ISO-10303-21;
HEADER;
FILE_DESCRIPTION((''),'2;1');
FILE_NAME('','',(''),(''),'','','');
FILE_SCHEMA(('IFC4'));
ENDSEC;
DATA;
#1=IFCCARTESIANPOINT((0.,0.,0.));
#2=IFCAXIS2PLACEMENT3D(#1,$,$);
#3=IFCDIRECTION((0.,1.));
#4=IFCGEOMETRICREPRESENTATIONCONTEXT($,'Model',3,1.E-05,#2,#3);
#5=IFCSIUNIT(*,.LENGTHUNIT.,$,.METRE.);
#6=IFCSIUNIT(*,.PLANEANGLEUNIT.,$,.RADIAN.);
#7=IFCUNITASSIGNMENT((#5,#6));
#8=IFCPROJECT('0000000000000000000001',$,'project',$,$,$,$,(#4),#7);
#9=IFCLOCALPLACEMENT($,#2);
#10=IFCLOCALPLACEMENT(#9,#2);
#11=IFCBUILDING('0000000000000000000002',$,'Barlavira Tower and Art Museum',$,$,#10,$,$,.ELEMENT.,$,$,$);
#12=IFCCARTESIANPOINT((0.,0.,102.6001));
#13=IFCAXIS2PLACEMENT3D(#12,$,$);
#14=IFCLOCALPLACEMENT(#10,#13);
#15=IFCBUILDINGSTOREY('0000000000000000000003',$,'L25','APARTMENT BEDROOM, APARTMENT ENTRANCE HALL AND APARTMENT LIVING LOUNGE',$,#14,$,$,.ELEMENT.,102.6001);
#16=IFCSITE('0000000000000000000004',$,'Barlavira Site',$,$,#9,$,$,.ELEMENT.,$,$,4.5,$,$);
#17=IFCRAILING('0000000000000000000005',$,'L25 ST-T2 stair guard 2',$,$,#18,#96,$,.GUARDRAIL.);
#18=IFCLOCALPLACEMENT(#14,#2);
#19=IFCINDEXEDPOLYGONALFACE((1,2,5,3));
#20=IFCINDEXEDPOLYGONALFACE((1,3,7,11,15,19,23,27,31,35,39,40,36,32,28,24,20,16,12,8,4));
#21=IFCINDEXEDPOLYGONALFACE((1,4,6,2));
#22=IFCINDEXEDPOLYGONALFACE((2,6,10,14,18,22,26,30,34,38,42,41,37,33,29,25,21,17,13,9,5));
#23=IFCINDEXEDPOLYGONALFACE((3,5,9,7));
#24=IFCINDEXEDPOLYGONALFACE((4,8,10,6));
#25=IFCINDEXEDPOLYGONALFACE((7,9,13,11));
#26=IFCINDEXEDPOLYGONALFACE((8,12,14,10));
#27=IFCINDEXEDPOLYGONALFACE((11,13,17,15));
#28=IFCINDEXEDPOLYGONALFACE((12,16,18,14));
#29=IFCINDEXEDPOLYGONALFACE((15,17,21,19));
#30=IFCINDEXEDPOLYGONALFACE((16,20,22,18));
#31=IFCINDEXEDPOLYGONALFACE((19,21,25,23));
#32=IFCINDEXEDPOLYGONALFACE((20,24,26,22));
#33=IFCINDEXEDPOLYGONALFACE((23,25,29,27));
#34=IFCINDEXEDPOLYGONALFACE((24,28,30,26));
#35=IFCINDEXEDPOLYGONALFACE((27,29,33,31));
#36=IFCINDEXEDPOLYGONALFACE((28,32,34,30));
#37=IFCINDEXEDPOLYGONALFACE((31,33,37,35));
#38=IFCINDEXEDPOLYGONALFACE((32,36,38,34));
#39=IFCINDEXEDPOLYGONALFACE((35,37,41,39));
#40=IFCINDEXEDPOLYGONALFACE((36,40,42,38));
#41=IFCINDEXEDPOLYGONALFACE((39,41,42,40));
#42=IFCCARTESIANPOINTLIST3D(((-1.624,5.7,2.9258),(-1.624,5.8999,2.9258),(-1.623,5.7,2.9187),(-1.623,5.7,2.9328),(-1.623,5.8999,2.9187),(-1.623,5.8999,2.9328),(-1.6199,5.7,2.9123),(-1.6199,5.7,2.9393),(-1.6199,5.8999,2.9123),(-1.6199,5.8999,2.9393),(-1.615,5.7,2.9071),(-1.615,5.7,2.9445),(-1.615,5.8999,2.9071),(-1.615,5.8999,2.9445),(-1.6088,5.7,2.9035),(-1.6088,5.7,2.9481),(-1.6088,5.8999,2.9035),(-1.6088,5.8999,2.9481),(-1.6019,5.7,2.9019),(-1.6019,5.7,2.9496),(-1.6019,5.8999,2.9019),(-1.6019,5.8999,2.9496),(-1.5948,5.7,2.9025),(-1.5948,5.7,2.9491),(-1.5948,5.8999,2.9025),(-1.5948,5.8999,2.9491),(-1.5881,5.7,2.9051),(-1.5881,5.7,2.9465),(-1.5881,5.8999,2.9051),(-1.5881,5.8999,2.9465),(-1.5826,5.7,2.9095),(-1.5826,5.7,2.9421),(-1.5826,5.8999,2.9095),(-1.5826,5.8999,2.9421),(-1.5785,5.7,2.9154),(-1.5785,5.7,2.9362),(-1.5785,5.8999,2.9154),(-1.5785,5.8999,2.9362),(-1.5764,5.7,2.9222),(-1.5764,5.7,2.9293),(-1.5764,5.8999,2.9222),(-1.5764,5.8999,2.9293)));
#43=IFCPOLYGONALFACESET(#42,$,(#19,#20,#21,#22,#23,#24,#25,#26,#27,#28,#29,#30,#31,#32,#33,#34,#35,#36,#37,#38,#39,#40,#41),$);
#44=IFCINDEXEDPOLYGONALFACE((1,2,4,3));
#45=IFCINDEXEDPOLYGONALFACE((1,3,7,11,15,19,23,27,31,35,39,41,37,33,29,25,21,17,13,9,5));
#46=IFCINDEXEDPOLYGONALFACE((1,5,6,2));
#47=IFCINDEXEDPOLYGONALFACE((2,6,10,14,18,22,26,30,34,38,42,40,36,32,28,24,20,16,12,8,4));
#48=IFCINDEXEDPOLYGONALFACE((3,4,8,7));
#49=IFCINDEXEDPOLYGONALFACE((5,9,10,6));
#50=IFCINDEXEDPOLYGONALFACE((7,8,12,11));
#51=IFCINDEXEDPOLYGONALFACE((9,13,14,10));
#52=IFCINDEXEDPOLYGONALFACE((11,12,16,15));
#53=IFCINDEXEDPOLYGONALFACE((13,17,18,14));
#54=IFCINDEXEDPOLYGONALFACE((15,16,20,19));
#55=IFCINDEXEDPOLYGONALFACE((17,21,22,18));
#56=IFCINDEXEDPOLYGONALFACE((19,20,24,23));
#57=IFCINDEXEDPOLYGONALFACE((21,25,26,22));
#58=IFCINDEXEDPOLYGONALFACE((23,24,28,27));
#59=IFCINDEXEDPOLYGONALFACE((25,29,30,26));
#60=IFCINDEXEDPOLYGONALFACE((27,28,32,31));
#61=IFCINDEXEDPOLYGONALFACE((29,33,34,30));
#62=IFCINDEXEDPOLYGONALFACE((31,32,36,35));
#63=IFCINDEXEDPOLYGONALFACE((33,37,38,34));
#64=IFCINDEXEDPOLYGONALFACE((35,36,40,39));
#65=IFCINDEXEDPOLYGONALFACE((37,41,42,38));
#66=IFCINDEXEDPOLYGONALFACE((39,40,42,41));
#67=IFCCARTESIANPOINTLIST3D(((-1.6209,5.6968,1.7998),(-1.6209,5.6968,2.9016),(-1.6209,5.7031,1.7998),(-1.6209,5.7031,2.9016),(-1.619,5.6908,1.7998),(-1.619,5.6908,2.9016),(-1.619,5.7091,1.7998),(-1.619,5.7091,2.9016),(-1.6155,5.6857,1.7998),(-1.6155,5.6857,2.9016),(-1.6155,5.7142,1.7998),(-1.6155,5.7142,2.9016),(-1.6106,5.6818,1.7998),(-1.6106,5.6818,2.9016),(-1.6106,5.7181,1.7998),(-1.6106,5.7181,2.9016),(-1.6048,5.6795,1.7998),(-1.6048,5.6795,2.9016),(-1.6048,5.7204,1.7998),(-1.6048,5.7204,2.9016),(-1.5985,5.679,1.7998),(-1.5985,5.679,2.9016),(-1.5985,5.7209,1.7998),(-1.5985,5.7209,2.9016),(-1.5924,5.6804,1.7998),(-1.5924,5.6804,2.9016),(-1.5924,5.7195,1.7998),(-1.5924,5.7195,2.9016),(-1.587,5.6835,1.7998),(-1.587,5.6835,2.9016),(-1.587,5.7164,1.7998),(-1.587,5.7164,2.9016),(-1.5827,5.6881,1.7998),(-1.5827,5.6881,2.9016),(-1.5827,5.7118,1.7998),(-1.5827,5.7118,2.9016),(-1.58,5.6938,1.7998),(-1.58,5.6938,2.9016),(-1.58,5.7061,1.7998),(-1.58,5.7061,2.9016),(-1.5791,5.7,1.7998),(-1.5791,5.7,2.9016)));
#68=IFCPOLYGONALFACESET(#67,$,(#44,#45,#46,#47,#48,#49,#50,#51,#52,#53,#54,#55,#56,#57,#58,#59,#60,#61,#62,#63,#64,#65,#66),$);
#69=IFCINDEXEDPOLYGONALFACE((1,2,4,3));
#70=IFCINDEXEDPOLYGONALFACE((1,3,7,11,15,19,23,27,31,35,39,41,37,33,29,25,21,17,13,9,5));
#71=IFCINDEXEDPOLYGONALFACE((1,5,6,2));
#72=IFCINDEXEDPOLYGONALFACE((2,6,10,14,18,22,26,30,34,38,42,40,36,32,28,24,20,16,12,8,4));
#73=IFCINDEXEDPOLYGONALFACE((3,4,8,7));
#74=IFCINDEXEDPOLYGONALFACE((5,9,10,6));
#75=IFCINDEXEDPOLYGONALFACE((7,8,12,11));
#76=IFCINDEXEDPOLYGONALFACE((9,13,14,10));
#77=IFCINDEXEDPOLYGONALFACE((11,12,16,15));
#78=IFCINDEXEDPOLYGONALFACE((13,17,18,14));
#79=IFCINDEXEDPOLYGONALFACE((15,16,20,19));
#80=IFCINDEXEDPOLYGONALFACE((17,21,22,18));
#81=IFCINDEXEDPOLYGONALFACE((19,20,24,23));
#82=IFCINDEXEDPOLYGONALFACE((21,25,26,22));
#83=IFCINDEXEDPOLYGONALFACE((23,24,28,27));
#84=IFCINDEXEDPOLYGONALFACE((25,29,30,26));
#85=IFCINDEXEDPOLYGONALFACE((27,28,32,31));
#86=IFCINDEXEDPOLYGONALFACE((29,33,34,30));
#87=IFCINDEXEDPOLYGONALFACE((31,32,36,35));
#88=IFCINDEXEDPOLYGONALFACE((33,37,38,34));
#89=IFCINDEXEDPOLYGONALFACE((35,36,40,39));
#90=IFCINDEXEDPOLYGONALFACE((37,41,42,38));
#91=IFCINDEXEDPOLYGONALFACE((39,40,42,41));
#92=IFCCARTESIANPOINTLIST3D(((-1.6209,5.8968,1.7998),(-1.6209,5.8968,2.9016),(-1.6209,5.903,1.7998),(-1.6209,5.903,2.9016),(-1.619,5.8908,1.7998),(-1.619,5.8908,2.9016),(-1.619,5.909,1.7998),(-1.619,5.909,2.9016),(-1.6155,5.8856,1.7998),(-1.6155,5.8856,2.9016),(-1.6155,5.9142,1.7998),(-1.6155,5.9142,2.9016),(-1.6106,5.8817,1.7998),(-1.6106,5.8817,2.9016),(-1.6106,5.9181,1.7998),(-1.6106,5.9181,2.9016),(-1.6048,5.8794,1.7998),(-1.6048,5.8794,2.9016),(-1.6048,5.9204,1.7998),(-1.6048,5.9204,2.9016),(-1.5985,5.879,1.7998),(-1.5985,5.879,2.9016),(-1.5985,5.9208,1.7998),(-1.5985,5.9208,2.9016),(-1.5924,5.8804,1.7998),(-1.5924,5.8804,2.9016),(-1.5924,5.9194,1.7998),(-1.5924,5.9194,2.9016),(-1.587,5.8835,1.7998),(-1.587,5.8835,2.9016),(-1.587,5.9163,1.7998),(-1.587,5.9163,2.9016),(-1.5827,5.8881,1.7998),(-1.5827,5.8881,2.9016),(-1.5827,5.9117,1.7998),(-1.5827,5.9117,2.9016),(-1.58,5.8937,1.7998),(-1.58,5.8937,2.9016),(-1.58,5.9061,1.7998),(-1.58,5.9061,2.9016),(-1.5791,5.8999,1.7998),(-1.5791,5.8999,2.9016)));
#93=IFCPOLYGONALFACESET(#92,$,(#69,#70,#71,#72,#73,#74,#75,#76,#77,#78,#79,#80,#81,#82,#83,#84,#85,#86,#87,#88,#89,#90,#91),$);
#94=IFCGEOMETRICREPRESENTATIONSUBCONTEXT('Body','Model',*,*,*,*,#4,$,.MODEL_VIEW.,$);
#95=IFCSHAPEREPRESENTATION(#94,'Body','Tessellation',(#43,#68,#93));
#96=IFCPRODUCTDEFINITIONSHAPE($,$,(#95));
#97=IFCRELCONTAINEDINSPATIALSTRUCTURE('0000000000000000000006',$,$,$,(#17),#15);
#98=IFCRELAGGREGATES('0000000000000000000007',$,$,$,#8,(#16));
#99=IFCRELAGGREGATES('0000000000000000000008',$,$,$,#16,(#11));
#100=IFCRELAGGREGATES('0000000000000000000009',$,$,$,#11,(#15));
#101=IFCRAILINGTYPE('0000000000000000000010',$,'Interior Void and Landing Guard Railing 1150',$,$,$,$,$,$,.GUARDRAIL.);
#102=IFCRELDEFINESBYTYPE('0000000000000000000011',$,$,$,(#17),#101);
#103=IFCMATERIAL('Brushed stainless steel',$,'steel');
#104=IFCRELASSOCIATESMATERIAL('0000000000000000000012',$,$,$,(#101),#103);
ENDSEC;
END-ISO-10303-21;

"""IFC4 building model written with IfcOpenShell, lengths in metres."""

from ifc_helpers import new_model, si_unit, direction, frame, origin, origin_2d, place, context, subcontext, project, spatial, circle, extrude, material, type_object, element, save


model = new_model("IFC4")

# Units and contexts
model_context = context("Model", 3, precision=1e-05, world=origin(), true_north=direction((0.0, 1.0)))
body_context = subcontext(model_context, "Body", "Model", "MODEL_VIEW")
ifc_project = project(units=[si_unit("LENGTHUNIT", "METRE"), si_unit("PLANEANGLEUNIT", "RADIAN")], contexts=[model_context])

# Site, building, storey
site_placement = place(None, origin())
site = spatial("IfcSite", under=ifc_project, at=site_placement, Name="Barlavira Site", CompositionType="ELEMENT", RefElevation=4.5)
building_placement = place(site_placement, origin())
building = spatial("IfcBuilding", under=site, at=building_placement, Name="Barlavira Tower and Art Museum", CompositionType="ELEMENT")
storey_placement = place(building_placement, frame((0.0, 0.0, 102.6001)))
storey = spatial("IfcBuildingStorey", under=building, at=storey_placement, Name="L25", Description="APARTMENT BEDROOM, APARTMENT ENTRANCE HALL AND APARTMENT LIVING LOUNGE", CompositionType="ELEMENT", Elevation=102.6001)

# Shared definitions
ifc_material_1 = material(Name="Brushed stainless steel", Category="steel")

# Railing
railing_type_1 = type_object("IfcRailingType", Name="Interior Void and Landing Guard Railing 1150", PredefinedType="GUARDRAIL", material=ifc_material_1)
railing_1_placement = place(storey_placement, frame((-1.6001, 5.7, 1.7998)))
element("IfcRailing", 1, at=railing_1_placement, inside=storey, type_object=railing_type_1, Name="L25 ST-T2 stair guard 2", PredefinedType="GUARDRAIL", context=body_context, shape_type="SweptSolid", body=[
    extrude(circle(Radius=0.0239, at=origin_2d()), frame((0.0, 0.0, 1.126), z_axis=(0.0, 1.0, 0.0), x_axis=(-1.0, 0.0, 0.0)), (0.0, 0.0, 1.0), 0.2),
    extrude(circle(Radius=0.021, at=origin_2d()), origin(), (0.0, 0.0, 1.0), 1.1018),
    extrude(circle(Radius=0.021, at=origin_2d()), frame((0.0, 0.2, 0.0)), (0.0, 0.0, 1.0), 1.1018),
])

save(model, "model.ifc")
